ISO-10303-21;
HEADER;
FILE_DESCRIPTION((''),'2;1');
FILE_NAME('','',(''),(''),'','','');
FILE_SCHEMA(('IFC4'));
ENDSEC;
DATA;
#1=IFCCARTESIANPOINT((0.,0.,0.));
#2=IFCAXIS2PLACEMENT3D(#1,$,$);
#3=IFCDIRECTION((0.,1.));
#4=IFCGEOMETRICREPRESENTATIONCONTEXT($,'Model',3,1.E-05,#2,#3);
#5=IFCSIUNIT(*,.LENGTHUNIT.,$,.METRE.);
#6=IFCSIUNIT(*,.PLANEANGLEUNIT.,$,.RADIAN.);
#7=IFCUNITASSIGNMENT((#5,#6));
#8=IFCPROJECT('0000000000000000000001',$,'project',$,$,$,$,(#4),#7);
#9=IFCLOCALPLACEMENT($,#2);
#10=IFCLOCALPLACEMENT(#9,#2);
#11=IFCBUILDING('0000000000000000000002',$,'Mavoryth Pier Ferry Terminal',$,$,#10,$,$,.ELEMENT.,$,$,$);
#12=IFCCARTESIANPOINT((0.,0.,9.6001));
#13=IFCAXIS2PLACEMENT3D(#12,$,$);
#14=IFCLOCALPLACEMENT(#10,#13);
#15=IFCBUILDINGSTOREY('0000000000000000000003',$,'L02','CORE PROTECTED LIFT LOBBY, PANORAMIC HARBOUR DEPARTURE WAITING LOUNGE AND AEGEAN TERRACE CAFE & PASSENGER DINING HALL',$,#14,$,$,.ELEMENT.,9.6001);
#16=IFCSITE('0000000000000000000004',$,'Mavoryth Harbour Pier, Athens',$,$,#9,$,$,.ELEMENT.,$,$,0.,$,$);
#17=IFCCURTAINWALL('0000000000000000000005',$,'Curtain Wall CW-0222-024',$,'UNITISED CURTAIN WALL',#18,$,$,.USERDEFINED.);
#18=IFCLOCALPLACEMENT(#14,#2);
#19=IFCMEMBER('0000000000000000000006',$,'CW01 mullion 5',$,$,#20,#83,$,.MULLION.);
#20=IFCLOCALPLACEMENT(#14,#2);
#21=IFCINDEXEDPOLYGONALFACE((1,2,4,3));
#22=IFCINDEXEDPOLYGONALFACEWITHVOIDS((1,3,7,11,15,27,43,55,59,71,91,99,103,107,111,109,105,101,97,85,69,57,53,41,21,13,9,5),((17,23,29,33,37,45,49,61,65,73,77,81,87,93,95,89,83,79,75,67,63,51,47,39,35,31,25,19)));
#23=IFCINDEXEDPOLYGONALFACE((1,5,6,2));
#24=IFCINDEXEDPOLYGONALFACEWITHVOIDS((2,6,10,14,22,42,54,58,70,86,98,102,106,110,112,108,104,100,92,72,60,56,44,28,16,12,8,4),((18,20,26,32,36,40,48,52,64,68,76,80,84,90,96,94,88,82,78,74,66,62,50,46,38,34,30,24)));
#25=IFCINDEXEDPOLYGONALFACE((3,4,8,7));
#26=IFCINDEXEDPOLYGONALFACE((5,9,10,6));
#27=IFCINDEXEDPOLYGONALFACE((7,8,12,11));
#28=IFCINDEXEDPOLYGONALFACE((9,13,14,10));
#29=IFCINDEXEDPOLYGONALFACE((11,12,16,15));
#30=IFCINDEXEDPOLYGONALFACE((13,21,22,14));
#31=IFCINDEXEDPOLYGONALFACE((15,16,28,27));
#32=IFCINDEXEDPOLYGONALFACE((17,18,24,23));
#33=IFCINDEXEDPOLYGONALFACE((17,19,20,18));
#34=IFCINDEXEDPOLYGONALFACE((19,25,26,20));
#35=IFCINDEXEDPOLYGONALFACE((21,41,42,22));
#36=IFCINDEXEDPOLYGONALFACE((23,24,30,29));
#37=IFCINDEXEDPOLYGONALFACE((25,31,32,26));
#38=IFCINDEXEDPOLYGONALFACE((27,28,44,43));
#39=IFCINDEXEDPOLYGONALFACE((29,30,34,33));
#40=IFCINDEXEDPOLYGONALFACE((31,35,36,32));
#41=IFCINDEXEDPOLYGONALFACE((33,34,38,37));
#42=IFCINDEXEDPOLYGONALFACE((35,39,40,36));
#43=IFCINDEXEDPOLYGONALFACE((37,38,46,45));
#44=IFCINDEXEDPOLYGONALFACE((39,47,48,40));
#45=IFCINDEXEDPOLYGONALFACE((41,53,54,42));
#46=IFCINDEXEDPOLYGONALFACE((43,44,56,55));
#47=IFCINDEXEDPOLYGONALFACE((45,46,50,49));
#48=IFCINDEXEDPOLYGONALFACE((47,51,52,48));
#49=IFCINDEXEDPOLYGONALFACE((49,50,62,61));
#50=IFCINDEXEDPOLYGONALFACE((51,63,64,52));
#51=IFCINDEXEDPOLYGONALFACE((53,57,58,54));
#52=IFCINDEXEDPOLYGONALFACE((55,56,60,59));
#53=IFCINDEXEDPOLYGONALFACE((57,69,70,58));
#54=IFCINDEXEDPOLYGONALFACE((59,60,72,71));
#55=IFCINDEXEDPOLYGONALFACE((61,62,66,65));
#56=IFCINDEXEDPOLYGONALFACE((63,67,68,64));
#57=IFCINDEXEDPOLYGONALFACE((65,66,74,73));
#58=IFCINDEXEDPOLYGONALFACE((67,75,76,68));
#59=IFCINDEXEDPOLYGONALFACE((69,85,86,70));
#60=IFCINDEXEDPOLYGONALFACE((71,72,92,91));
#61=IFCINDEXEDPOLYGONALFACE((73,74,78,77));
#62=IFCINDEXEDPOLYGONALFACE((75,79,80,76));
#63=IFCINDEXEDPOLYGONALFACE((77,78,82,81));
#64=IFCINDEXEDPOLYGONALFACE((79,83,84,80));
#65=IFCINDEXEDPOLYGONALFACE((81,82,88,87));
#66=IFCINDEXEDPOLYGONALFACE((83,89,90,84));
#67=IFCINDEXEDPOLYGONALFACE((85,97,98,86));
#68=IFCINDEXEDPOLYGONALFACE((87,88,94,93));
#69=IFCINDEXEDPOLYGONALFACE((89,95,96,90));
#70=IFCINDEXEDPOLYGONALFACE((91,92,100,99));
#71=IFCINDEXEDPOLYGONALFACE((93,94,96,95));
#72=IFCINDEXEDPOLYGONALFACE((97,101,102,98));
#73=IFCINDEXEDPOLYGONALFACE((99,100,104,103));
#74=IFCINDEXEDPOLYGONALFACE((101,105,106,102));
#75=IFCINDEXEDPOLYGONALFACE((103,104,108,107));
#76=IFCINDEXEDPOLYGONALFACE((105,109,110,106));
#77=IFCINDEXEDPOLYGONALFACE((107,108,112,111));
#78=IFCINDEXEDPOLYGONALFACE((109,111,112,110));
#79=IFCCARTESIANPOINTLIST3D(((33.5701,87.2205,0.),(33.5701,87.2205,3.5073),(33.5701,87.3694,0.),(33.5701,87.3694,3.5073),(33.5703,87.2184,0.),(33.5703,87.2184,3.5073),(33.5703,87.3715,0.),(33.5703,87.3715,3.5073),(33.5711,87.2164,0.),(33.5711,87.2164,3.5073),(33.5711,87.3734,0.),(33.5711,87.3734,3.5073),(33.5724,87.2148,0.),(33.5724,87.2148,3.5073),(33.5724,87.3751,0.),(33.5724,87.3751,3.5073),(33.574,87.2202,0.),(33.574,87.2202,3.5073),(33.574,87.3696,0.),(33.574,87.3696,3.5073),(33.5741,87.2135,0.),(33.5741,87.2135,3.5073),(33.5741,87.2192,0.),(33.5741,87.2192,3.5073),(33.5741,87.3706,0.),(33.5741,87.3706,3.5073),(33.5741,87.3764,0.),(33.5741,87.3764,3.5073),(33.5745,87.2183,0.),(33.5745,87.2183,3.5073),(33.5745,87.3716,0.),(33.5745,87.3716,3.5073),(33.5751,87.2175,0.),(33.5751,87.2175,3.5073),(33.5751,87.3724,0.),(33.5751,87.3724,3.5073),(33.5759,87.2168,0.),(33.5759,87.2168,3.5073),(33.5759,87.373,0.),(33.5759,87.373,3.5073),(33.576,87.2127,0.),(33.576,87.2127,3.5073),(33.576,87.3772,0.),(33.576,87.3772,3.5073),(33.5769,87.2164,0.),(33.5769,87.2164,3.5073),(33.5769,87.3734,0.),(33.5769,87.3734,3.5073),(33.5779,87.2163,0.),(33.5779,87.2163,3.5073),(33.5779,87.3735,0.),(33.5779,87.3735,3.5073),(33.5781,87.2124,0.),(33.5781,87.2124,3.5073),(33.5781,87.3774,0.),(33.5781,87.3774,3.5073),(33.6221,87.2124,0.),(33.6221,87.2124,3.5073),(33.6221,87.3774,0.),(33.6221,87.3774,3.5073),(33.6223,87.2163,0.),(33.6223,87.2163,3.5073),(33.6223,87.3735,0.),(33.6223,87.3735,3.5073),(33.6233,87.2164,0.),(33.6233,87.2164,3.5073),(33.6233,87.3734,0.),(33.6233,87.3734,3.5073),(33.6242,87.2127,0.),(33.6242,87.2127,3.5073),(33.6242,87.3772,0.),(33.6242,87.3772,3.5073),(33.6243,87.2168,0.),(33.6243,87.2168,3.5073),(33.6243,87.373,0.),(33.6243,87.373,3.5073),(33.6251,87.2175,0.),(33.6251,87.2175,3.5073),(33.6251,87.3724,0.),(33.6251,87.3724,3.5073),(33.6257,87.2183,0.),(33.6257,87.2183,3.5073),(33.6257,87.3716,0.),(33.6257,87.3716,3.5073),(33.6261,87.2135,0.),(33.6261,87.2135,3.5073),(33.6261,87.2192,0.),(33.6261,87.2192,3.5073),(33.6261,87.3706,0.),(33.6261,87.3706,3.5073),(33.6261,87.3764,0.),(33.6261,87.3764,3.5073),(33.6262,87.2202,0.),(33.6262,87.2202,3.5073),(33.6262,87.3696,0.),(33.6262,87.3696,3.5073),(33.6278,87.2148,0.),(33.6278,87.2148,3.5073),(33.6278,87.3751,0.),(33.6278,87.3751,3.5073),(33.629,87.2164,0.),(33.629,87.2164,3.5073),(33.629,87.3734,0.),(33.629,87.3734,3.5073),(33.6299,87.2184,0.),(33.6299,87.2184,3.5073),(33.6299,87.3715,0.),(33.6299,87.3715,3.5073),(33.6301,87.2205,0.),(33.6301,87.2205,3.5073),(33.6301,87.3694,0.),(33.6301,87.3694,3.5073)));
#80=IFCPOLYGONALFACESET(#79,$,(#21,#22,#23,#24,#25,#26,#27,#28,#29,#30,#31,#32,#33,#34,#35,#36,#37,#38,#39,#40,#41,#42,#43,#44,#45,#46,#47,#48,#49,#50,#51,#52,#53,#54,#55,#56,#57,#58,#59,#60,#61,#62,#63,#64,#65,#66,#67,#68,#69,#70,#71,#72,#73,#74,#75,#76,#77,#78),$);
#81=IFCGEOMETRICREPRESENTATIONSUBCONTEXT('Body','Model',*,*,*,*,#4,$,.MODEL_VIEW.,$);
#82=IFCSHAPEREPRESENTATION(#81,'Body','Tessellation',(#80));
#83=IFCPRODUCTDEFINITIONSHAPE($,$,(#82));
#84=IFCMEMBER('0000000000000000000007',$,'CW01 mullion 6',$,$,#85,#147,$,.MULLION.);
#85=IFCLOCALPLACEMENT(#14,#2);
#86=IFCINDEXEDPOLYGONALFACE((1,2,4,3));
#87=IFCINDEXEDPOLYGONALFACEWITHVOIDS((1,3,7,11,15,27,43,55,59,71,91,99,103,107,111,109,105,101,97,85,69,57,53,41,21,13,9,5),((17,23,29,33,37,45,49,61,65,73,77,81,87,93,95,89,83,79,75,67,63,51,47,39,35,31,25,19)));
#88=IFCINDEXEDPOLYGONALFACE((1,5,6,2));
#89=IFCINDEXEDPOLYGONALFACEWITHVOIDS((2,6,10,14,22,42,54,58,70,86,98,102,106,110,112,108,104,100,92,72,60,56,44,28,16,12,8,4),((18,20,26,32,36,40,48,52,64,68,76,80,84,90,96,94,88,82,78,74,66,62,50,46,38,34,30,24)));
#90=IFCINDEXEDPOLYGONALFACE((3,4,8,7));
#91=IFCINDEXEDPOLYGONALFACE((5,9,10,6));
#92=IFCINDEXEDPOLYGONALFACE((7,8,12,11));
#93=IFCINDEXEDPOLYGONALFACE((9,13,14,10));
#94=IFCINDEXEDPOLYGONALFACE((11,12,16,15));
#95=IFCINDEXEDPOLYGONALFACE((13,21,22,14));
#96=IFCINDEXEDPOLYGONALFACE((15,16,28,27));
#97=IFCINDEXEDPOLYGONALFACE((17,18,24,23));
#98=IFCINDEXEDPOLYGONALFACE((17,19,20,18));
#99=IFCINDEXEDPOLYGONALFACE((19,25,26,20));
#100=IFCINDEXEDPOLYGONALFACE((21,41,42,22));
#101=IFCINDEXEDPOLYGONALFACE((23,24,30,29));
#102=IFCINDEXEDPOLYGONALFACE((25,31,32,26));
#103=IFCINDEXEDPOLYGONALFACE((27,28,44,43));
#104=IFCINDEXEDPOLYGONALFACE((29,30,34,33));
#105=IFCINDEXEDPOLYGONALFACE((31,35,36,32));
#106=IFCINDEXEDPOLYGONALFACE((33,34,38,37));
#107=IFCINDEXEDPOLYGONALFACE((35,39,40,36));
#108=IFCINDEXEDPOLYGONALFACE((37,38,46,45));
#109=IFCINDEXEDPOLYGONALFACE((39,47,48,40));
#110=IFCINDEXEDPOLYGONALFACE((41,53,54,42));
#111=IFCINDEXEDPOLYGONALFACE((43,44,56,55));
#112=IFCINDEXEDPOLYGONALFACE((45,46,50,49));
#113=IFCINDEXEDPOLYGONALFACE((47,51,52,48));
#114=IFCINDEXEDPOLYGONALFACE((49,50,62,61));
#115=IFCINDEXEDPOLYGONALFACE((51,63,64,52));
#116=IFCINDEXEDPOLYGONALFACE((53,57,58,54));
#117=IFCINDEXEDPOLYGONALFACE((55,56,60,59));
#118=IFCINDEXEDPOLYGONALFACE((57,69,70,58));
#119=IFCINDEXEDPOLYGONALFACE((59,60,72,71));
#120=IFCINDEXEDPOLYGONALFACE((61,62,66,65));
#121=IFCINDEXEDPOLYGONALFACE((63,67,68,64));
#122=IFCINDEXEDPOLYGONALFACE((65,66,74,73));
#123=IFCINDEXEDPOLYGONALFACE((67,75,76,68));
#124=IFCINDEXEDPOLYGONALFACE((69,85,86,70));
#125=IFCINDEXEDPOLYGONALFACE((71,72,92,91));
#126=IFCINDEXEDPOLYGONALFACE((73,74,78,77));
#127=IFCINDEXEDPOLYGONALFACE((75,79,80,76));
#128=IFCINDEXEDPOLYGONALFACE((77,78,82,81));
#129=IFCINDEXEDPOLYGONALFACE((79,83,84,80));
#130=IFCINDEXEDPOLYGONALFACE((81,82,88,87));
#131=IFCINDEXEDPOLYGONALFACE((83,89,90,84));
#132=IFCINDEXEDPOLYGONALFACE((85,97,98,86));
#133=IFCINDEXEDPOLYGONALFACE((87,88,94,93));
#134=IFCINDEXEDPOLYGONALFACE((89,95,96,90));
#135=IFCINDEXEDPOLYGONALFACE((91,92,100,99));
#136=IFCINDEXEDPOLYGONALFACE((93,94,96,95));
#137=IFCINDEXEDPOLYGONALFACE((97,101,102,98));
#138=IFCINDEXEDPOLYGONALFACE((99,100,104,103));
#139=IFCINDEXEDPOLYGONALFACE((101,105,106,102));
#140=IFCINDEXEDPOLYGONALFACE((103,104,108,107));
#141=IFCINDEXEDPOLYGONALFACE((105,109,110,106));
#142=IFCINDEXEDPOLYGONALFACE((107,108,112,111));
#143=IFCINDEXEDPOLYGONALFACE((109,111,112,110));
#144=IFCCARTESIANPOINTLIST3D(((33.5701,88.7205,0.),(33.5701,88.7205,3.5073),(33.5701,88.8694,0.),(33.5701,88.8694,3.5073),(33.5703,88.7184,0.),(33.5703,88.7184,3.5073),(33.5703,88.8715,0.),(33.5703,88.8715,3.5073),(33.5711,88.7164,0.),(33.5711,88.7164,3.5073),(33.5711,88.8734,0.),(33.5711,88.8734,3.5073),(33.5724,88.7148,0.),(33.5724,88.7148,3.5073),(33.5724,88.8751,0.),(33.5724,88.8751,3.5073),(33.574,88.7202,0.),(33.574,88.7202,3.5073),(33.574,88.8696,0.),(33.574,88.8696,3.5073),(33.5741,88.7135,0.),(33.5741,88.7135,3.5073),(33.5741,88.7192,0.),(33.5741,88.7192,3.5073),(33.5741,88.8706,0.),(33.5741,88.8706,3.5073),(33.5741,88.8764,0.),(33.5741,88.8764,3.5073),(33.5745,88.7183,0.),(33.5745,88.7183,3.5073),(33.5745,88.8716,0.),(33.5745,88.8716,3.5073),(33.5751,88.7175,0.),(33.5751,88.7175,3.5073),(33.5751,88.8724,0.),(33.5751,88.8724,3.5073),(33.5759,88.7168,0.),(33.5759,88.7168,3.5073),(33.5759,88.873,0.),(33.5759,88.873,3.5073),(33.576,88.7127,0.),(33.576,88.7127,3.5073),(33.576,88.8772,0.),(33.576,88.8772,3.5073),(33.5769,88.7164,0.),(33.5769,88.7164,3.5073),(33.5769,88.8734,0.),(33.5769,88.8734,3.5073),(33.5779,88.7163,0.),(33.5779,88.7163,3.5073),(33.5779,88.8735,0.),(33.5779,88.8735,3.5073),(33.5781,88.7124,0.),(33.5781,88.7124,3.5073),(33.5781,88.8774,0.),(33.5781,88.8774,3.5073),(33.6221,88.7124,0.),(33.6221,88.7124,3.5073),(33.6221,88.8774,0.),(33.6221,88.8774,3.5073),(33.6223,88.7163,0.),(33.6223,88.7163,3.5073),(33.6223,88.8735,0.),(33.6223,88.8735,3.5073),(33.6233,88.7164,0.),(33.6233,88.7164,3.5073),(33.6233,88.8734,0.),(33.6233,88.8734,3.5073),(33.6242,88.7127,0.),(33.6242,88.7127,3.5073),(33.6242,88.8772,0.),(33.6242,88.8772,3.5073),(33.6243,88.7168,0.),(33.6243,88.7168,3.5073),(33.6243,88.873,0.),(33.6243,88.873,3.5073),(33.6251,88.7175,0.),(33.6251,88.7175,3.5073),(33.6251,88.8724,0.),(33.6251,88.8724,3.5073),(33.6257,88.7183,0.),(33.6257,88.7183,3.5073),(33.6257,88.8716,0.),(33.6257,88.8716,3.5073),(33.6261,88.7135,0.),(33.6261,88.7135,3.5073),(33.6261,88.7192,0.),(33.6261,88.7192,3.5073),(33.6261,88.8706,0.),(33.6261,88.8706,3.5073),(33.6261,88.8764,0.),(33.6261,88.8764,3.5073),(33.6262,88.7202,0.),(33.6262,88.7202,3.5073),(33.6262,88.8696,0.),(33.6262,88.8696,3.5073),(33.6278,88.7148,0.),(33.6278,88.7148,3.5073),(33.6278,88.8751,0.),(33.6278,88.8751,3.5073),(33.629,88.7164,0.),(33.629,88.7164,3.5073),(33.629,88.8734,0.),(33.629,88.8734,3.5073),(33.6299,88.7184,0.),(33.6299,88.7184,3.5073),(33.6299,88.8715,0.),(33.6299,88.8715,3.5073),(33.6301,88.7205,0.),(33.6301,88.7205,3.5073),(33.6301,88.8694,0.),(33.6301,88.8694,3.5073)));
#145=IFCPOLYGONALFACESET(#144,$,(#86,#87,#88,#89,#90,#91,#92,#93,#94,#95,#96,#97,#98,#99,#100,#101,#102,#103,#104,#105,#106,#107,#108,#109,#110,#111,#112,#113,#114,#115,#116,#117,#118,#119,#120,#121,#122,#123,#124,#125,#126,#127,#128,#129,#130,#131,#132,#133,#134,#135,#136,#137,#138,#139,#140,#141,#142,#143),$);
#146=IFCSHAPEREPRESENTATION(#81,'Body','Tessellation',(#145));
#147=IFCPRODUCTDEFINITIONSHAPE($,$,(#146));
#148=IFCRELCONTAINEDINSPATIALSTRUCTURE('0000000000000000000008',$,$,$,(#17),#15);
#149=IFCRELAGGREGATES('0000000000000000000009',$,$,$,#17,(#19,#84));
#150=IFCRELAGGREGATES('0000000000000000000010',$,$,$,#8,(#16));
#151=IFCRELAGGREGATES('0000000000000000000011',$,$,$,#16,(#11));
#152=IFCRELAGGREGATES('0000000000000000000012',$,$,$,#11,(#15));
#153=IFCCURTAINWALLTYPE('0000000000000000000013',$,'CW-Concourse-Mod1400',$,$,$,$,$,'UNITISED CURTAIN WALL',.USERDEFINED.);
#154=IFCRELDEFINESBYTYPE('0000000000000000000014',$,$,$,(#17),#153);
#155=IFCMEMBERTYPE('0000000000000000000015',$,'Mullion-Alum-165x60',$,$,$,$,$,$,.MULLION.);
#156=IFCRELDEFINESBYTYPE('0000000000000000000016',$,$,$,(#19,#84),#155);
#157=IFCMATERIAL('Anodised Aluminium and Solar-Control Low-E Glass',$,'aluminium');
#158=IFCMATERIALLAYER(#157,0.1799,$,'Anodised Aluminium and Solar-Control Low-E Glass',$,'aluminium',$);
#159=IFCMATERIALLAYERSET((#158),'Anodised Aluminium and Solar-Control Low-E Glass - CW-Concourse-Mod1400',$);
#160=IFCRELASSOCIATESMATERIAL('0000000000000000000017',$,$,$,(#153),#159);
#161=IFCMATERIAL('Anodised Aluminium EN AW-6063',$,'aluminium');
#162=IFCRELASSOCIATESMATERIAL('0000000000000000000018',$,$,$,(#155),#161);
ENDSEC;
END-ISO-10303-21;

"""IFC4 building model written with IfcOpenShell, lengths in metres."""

from ifc_helpers import new_model, si_unit, direction, frame, origin, origin_2d, place, context, subcontext, project, spatial, hollow_rectangle, extrude, material, layer, layer_set, material_profile, profile_set, type_object, element, aggregate, save


model = new_model("IFC4")

# Units and contexts
model_context = context("Model", 3, precision=1e-05, world=origin(), true_north=direction((0.0, 1.0)))
body_context = subcontext(model_context, "Body", "Model", "MODEL_VIEW")
ifc_project = project(units=[si_unit("LENGTHUNIT", "METRE"), si_unit("PLANEANGLEUNIT", "RADIAN")], contexts=[model_context])

# Site, building, storey
site_placement = place(None, origin())
site = spatial("IfcSite", under=ifc_project, at=site_placement, Name="Mavoryth Harbour Pier, Athens", CompositionType="ELEMENT", RefElevation=0.0)
building_placement = place(site_placement, origin())
building = spatial("IfcBuilding", under=site, at=building_placement, Name="Mavoryth Pier Ferry Terminal", CompositionType="ELEMENT")
storey_placement = place(building_placement, frame((0.0, 0.0, 9.6001)))
storey = spatial("IfcBuildingStorey", under=building, at=storey_placement, Name="L02", Description="CORE PROTECTED LIFT LOBBY, PANORAMIC HARBOUR DEPARTURE WAITING LOUNGE AND AEGEAN TERRACE CAFE & PASSENGER DINING HALL", CompositionType="ELEMENT", Elevation=9.6001)

# Curtain wall, members
ifc_material_1 = material(Name="Anodised Aluminium and Solar-Control Low-E Glass", Category="aluminium")
ifc_layer_1 = layer(ifc_material_1, 0.1799, Name="Anodised Aluminium and Solar-Control Low-E Glass", Category="aluminium")
ifc_layer_set_1 = layer_set([ifc_layer_1], Name="Anodised Aluminium and Solar-Control Low-E Glass - CW-Concourse-Mod1400")
curtain_wall_type = type_object("IfcCurtainWallType", Name="CW-Concourse-Mod1400", ElementType="UNITISED CURTAIN WALL", PredefinedType="USERDEFINED", material=ifc_layer_set_1)
curtain_wall_1_placement = place(storey_placement, origin())
curtain_wall_1 = element("IfcCurtainWall", 1, at=curtain_wall_1_placement, inside=storey, type_object=curtain_wall_type, Name="Curtain Wall CW-0222-024", ObjectType="UNITISED CURTAIN WALL", PredefinedType="USERDEFINED")
ifc_material_2 = material(Name="Anodised Aluminium EN AW-6063", Category="aluminium")
ifc_material_profile_1 = material_profile(ifc_material_2, hollow_rectangle(XDim=0.0601, YDim=0.165, WallThickness=0.0039, InnerFilletRadius=0.0039, OuterFilletRadius=0.0081, at=origin_2d()), Name="AL-MULL 165x60x4", Category="aluminium")
ifc_profile_set_1 = profile_set([ifc_material_profile_1], Name="Anodised Aluminium EN AW-6063 - AL-MULL 165x60x4")
member_type_1 = type_object("IfcMemberType", Name="Mullion-Alum-165x60", PredefinedType="MULLION", material=ifc_profile_set_1)
member_1_placement = place(storey_placement, frame((33.6001, 87.2949, 0.0), z_axis=(0.0, 0.0, 1.0), x_axis=(-1.0, 0.0, 0.0)))
member_1 = element("IfcMember", 2, at=member_1_placement, type_object=member_type_1, Name="CW01 mullion 5", PredefinedType="MULLION", context=body_context, shape_type="SweptSolid", body=[
    extrude(hollow_rectangle(XDim=0.0601, YDim=0.165, WallThickness=0.0039, InnerFilletRadius=0.0039, OuterFilletRadius=0.0081, at=origin_2d()), origin(), (0.0, 0.0, 1.0), 3.5073),
])
member_2_placement = place(storey_placement, frame((33.6001, 88.7949, 0.0), z_axis=(0.0, 0.0, 1.0), x_axis=(-1.0, 0.0, 0.0)))
member_2 = element("IfcMember", 3, at=member_2_placement, type_object=member_type_1, Name="CW01 mullion 6", PredefinedType="MULLION", context=body_context, shape_type="SweptSolid", body=[
    extrude(hollow_rectangle(XDim=0.0601, YDim=0.165, WallThickness=0.0039, InnerFilletRadius=0.0039, OuterFilletRadius=0.0081, at=origin_2d()), origin(), (0.0, 0.0, 1.0), 3.5073),
])

aggregate(curtain_wall_1, [member_1, member_2])

save(model, "model.ifc")
